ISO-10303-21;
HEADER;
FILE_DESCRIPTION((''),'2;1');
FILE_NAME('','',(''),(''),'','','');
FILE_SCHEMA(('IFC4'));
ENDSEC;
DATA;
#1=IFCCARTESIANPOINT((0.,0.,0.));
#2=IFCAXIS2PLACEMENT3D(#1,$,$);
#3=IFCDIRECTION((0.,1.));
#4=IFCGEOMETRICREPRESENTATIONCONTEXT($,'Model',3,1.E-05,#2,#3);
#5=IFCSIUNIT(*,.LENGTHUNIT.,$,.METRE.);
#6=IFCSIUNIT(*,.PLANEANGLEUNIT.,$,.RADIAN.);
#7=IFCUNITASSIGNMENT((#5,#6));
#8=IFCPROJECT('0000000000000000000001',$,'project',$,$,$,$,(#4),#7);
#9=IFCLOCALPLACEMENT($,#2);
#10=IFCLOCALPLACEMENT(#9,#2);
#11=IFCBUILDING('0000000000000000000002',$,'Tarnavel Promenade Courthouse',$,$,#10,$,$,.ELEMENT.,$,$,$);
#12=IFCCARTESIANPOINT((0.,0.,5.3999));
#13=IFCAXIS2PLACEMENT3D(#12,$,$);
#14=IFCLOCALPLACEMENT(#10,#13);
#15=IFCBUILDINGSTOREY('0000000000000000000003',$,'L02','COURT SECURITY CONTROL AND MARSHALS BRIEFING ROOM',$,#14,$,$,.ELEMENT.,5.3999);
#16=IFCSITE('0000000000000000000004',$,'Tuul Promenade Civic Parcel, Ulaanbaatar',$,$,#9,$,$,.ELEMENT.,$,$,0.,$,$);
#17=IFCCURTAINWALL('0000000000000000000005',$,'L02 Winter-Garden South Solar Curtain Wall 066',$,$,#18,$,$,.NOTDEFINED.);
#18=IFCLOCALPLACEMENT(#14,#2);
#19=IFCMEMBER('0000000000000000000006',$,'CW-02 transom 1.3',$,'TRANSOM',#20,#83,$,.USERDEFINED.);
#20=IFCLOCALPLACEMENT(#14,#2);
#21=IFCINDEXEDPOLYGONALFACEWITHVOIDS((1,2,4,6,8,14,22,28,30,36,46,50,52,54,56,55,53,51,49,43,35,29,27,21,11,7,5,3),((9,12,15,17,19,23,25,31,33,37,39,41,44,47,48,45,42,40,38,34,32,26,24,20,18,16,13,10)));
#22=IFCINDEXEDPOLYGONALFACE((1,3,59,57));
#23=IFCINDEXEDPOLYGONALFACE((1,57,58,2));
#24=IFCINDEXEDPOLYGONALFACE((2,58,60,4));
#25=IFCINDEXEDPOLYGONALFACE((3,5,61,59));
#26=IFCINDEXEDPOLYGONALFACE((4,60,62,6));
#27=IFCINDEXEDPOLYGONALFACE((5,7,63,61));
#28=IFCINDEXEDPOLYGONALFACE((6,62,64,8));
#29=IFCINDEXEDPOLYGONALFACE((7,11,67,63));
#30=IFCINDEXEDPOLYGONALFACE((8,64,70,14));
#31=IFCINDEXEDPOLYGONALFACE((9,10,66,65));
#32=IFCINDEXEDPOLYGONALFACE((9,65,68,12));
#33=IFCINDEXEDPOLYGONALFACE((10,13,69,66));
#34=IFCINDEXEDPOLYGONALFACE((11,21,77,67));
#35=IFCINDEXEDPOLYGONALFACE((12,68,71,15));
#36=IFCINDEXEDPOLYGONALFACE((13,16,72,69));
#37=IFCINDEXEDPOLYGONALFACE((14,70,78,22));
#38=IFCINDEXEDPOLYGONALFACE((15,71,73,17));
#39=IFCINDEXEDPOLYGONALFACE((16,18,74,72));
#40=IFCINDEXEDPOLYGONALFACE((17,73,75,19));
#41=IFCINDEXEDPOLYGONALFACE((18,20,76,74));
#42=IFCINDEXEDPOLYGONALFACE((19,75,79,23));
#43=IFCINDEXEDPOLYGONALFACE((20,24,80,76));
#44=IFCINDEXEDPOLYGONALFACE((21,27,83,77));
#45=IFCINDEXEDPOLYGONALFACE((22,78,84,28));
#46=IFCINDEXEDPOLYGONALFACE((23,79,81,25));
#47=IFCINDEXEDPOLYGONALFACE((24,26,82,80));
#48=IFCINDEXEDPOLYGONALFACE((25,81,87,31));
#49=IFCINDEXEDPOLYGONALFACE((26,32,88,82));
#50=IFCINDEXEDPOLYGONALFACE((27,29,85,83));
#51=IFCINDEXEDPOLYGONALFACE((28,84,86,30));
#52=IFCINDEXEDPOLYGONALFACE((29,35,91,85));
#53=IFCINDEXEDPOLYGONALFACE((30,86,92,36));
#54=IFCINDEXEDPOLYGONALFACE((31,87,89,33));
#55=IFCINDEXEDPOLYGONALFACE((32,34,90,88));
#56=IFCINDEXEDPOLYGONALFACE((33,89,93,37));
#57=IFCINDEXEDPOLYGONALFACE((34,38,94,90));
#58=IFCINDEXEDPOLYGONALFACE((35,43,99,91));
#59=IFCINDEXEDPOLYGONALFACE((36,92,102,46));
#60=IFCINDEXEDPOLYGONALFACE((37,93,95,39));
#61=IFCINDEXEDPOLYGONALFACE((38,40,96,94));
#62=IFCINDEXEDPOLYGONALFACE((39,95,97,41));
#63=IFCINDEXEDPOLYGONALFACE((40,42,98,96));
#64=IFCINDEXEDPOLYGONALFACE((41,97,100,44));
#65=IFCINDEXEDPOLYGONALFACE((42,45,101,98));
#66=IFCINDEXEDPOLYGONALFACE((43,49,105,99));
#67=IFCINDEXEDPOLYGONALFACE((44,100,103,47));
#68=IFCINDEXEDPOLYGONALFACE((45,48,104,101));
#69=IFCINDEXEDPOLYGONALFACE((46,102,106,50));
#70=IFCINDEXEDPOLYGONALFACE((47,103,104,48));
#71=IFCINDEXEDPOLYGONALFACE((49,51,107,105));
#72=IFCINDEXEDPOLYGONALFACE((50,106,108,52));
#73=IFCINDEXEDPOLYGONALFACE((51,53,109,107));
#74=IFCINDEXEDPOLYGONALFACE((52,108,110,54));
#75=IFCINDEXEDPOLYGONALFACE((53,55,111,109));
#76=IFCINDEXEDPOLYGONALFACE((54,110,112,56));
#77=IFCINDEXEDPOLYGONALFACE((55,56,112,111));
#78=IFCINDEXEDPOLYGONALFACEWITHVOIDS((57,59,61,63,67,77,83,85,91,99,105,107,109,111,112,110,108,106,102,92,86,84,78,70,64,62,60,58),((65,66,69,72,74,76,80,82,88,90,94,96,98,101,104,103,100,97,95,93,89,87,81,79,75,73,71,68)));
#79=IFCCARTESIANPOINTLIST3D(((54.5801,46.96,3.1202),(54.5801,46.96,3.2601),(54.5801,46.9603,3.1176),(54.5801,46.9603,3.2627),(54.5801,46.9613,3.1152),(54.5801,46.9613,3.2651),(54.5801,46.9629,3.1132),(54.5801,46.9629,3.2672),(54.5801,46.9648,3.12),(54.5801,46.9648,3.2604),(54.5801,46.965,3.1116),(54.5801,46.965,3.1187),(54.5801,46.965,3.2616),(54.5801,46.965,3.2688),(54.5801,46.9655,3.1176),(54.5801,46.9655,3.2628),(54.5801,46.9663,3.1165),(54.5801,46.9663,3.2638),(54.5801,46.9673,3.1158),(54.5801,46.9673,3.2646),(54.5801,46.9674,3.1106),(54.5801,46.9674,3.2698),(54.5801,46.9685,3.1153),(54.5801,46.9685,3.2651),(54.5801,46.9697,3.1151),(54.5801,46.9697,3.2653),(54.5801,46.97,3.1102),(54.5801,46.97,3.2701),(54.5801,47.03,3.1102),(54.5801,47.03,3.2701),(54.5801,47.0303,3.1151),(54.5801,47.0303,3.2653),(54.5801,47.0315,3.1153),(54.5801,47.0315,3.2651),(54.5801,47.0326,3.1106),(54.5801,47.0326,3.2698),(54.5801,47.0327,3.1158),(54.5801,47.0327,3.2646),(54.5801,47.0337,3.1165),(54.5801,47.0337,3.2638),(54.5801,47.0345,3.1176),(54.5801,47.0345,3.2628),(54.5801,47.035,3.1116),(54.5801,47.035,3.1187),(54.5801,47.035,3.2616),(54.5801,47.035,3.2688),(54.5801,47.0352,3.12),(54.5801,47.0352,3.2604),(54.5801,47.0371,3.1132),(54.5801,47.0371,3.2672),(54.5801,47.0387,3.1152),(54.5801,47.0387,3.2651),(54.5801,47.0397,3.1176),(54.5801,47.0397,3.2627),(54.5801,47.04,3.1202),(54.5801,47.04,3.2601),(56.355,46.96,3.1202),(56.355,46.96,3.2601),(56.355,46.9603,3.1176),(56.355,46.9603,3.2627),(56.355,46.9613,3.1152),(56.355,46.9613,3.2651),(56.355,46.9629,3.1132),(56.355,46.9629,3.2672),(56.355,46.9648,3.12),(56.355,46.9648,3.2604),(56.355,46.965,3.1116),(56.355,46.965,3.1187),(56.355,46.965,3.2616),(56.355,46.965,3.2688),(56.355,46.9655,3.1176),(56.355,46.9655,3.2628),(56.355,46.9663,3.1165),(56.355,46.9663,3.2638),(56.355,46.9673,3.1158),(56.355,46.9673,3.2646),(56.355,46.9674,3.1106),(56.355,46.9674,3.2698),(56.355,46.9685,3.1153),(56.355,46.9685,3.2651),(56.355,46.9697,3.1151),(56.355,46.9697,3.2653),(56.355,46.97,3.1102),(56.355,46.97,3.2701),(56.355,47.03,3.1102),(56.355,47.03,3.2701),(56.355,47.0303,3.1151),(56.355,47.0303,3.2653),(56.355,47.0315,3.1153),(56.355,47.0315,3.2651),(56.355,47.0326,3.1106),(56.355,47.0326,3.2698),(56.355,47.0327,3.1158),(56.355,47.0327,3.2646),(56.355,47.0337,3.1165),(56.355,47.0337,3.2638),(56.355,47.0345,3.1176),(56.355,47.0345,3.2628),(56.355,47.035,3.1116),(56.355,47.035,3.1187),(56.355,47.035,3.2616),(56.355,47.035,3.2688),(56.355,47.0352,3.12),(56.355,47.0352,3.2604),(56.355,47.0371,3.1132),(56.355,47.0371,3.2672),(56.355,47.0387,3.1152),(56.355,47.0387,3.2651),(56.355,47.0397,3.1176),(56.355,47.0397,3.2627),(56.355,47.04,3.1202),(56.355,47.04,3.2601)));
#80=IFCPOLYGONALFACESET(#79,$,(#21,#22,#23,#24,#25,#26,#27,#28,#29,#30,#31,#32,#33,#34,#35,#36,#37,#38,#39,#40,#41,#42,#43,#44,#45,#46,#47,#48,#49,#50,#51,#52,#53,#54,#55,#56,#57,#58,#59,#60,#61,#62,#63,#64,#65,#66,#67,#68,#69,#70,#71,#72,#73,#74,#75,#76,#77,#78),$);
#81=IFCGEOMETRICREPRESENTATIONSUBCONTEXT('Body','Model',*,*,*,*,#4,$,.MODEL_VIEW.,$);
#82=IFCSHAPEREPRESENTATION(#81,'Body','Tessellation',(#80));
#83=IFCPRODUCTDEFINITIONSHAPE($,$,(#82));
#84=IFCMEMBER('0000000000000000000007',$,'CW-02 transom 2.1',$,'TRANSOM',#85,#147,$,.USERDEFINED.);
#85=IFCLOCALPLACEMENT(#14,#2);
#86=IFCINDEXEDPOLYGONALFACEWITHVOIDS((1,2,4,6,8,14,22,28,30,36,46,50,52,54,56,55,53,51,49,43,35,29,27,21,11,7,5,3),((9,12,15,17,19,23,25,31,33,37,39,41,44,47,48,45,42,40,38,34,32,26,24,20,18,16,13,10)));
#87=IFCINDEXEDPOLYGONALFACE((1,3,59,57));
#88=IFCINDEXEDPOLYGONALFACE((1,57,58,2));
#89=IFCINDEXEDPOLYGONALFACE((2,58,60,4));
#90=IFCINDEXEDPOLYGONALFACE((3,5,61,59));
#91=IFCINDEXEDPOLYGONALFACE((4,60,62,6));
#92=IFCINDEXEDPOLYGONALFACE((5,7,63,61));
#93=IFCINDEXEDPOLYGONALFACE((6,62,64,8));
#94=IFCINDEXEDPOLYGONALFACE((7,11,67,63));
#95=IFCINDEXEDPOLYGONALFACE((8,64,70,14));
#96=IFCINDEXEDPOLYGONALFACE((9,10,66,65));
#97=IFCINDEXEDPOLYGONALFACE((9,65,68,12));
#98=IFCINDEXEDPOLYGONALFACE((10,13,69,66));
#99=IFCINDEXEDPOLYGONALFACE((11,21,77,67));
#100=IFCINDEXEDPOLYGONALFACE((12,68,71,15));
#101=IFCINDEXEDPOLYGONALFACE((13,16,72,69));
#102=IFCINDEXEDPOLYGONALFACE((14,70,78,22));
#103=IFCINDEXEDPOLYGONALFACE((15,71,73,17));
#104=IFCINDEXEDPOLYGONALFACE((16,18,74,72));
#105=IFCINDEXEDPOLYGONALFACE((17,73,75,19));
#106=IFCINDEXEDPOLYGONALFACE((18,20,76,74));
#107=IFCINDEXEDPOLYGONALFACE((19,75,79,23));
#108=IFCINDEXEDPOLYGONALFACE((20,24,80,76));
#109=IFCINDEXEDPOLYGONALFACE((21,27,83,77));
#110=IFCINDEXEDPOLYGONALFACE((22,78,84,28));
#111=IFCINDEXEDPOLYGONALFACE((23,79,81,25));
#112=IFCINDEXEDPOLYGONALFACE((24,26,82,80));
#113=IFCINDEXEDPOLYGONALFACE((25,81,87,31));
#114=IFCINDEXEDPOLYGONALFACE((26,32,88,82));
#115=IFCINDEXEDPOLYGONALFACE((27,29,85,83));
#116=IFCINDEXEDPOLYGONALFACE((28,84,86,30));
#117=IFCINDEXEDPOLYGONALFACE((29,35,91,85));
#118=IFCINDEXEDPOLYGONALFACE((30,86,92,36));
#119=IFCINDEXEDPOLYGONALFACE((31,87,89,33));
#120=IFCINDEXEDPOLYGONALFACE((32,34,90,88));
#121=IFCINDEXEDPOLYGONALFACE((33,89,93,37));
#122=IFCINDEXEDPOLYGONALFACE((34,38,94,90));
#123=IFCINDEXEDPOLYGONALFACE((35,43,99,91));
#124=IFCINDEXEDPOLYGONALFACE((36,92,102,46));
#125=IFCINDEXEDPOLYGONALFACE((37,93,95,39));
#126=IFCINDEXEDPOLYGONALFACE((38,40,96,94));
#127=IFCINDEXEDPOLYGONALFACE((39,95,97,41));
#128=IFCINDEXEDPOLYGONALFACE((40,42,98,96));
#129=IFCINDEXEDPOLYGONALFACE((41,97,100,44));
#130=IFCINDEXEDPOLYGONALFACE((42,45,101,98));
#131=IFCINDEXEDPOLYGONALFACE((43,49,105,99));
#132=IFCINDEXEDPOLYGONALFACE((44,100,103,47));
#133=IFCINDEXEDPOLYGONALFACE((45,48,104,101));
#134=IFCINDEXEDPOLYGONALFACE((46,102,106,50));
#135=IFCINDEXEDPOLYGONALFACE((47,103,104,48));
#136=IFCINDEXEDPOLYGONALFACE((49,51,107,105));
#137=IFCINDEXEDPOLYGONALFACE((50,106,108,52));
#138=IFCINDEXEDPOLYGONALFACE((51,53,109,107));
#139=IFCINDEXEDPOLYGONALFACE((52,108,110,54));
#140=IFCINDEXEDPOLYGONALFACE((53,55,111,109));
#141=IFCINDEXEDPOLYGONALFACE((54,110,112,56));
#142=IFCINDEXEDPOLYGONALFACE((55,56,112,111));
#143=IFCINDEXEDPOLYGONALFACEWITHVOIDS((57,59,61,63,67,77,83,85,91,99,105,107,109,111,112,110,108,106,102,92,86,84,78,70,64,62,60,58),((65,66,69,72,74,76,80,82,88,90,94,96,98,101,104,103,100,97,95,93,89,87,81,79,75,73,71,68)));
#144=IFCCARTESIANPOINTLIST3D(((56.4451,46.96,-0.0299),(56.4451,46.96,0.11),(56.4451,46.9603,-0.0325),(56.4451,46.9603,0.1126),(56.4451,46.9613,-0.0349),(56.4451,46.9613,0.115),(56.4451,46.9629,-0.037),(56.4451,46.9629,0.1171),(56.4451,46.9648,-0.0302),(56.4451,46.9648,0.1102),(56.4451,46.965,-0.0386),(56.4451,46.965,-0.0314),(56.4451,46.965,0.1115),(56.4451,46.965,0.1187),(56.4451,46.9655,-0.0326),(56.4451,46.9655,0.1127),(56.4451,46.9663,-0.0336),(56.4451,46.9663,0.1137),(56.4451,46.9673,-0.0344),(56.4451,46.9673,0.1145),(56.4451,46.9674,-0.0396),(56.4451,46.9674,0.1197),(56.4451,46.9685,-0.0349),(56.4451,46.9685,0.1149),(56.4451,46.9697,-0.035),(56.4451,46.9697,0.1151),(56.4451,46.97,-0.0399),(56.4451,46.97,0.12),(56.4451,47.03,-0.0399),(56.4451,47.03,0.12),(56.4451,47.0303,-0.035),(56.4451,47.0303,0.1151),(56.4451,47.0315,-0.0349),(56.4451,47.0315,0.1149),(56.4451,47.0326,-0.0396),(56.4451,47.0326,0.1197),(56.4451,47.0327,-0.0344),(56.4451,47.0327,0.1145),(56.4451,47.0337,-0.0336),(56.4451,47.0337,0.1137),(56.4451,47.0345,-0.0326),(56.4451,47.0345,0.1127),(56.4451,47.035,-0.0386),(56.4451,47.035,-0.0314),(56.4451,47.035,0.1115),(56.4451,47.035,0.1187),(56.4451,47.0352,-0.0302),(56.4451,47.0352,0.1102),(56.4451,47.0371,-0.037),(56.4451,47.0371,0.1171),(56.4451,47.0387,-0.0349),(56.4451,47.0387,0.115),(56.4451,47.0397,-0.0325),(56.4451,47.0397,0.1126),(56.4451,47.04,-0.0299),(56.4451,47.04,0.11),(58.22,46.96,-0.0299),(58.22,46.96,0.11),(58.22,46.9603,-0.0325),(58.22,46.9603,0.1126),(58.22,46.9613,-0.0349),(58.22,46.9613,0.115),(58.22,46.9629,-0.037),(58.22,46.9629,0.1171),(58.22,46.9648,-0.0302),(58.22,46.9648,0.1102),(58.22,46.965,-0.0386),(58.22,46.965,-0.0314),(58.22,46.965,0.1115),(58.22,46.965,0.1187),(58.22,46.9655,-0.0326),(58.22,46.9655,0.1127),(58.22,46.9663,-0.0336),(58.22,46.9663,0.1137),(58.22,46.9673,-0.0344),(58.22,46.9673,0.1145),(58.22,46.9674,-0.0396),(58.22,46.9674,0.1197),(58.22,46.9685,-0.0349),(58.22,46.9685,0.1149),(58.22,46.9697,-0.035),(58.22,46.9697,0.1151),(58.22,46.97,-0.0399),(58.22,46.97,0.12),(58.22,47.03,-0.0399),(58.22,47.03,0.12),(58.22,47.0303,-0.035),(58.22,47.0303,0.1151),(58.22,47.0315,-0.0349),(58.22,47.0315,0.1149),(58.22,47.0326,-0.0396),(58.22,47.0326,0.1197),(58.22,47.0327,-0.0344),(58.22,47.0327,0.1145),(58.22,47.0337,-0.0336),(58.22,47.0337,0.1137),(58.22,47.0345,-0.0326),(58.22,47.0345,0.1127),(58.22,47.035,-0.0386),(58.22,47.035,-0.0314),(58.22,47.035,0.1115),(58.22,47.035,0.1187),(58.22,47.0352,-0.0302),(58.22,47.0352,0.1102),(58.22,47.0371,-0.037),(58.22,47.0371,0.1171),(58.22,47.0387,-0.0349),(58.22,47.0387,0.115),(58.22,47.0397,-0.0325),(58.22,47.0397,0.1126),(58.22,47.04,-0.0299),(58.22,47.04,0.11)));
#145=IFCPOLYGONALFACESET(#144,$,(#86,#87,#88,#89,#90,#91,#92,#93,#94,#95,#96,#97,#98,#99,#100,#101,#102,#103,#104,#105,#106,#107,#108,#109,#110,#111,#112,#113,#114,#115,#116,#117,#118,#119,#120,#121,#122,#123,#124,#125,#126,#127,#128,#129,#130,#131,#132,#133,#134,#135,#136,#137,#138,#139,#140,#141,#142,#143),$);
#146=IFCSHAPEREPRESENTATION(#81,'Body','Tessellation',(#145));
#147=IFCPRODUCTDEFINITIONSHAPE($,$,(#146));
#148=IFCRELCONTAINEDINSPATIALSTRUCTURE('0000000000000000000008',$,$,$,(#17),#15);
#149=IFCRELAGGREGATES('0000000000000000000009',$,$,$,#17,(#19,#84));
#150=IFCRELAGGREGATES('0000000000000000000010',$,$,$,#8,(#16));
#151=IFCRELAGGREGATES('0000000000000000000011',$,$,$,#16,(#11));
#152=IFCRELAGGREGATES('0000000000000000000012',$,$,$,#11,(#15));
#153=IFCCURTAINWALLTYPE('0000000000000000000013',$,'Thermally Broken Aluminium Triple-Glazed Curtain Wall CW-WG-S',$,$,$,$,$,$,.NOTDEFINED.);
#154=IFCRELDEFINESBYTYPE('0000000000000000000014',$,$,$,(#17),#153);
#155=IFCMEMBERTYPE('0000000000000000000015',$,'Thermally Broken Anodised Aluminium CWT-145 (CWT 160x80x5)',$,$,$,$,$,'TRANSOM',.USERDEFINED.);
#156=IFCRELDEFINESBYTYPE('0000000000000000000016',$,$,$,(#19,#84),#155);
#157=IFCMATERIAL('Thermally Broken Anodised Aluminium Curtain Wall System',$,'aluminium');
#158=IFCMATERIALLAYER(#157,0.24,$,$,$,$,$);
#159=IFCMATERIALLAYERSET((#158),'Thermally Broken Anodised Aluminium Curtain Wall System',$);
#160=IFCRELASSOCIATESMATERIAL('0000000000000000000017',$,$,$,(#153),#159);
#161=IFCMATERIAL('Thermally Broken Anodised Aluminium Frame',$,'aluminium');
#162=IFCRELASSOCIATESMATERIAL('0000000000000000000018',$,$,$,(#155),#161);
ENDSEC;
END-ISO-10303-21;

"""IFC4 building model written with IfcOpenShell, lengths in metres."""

from ifc_helpers import new_model, si_unit, direction, frame, origin, origin_2d, place, context, subcontext, project, spatial, hollow_rectangle, extrude, material, layer, layer_set, material_profile, profile_set, type_object, element, aggregate, save


model = new_model("IFC4")

# Units and contexts
model_context = context("Model", 3, precision=1e-05, world=origin(), true_north=direction((0.0, 1.0)))
body_context = subcontext(model_context, "Body", "Model", "MODEL_VIEW")
ifc_project = project(units=[si_unit("LENGTHUNIT", "METRE"), si_unit("PLANEANGLEUNIT", "RADIAN")], contexts=[model_context])

# Site, building, storey
site_placement = place(None, origin())
site = spatial("IfcSite", under=ifc_project, at=site_placement, Name="Tuul Promenade Civic Parcel, Ulaanbaatar", CompositionType="ELEMENT", RefElevation=0.0)
building_placement = place(site_placement, origin())
building = spatial("IfcBuilding", under=site, at=building_placement, Name="Tarnavel Promenade Courthouse", CompositionType="ELEMENT")
storey_placement = place(building_placement, frame((0.0, 0.0, 5.3999)))
storey = spatial("IfcBuildingStorey", under=building, at=storey_placement, Name="L02", Description="COURT SECURITY CONTROL AND MARSHALS BRIEFING ROOM", CompositionType="ELEMENT", Elevation=5.3999)

# Curtain wall
ifc_material_1 = material(Name="Thermally Broken Anodised Aluminium Curtain Wall System", Category="aluminium")
ifc_layer_1 = layer(ifc_material_1, 0.24)
ifc_layer_set_1 = layer_set([ifc_layer_1], Name="Thermally Broken Anodised Aluminium Curtain Wall System")
curtain_wall_type = type_object("IfcCurtainWallType", Name="Thermally Broken Aluminium Triple-Glazed Curtain Wall CW-WG-S", PredefinedType="NOTDEFINED", material=ifc_layer_set_1)
ifc_material_2 = material(Name="Thermally Broken Anodised Aluminium Frame", Category="aluminium")
curtain_wall_1_placement = place(storey_placement, origin())
curtain_wall_1 = element("IfcCurtainWall", 1, at=curtain_wall_1_placement, inside=storey, type_object=curtain_wall_type, Name="L02 Winter-Garden South Solar Curtain Wall 066", PredefinedType="NOTDEFINED")

# Members
ifc_material_profile_1 = material_profile(ifc_material_2, hollow_rectangle(XDim=0.0801, YDim=0.1599, WallThickness=0.0049, InnerFilletRadius=0.0049, OuterFilletRadius=0.01, at=origin_2d()), Name="CWT 160x80x5")
ifc_profile_set_1 = profile_set([ifc_material_profile_1], Name="Thermally Broken Anodised Aluminium Frame")
member_type_1 = type_object("IfcMemberType", Name="Thermally Broken Anodised Aluminium CWT-145 (CWT 160x80x5)", ElementType="TRANSOM", PredefinedType="USERDEFINED", material=ifc_profile_set_1)
member_1_placement = place(storey_placement, frame((54.5801, 47.0, 3.1902), z_axis=(1.0, 0.0, 0.0), x_axis=(0.0, 1.0, 0.0)))
member_1 = element("IfcMember", 2, at=member_1_placement, type_object=member_type_1, Name="CW-02 transom 1.3", ObjectType="TRANSOM", PredefinedType="USERDEFINED", context=body_context, shape_type="SweptSolid", body=[
    extrude(hollow_rectangle(XDim=0.0801, YDim=0.1599, WallThickness=0.0049, InnerFilletRadius=0.0049, OuterFilletRadius=0.01, at=origin_2d()), origin(), (0.0, 0.0, 1.0), 1.7749),
])
member_2_placement = place(storey_placement, frame((56.4451, 47.0, 0.04), z_axis=(1.0, 0.0, 0.0), x_axis=(0.0, 1.0, 0.0)))
member_2 = element("IfcMember", 3, at=member_2_placement, type_object=member_type_1, Name="CW-02 transom 2.1", ObjectType="TRANSOM", PredefinedType="USERDEFINED", context=body_context, shape_type="SweptSolid", body=[
    extrude(hollow_rectangle(XDim=0.0801, YDim=0.1599, WallThickness=0.0049, InnerFilletRadius=0.0049, OuterFilletRadius=0.01, at=origin_2d()), origin(), (0.0, 0.0, 1.0), 1.7749),
])

aggregate(curtain_wall_1, [member_1, member_2])

save(model, "model.ifc")
